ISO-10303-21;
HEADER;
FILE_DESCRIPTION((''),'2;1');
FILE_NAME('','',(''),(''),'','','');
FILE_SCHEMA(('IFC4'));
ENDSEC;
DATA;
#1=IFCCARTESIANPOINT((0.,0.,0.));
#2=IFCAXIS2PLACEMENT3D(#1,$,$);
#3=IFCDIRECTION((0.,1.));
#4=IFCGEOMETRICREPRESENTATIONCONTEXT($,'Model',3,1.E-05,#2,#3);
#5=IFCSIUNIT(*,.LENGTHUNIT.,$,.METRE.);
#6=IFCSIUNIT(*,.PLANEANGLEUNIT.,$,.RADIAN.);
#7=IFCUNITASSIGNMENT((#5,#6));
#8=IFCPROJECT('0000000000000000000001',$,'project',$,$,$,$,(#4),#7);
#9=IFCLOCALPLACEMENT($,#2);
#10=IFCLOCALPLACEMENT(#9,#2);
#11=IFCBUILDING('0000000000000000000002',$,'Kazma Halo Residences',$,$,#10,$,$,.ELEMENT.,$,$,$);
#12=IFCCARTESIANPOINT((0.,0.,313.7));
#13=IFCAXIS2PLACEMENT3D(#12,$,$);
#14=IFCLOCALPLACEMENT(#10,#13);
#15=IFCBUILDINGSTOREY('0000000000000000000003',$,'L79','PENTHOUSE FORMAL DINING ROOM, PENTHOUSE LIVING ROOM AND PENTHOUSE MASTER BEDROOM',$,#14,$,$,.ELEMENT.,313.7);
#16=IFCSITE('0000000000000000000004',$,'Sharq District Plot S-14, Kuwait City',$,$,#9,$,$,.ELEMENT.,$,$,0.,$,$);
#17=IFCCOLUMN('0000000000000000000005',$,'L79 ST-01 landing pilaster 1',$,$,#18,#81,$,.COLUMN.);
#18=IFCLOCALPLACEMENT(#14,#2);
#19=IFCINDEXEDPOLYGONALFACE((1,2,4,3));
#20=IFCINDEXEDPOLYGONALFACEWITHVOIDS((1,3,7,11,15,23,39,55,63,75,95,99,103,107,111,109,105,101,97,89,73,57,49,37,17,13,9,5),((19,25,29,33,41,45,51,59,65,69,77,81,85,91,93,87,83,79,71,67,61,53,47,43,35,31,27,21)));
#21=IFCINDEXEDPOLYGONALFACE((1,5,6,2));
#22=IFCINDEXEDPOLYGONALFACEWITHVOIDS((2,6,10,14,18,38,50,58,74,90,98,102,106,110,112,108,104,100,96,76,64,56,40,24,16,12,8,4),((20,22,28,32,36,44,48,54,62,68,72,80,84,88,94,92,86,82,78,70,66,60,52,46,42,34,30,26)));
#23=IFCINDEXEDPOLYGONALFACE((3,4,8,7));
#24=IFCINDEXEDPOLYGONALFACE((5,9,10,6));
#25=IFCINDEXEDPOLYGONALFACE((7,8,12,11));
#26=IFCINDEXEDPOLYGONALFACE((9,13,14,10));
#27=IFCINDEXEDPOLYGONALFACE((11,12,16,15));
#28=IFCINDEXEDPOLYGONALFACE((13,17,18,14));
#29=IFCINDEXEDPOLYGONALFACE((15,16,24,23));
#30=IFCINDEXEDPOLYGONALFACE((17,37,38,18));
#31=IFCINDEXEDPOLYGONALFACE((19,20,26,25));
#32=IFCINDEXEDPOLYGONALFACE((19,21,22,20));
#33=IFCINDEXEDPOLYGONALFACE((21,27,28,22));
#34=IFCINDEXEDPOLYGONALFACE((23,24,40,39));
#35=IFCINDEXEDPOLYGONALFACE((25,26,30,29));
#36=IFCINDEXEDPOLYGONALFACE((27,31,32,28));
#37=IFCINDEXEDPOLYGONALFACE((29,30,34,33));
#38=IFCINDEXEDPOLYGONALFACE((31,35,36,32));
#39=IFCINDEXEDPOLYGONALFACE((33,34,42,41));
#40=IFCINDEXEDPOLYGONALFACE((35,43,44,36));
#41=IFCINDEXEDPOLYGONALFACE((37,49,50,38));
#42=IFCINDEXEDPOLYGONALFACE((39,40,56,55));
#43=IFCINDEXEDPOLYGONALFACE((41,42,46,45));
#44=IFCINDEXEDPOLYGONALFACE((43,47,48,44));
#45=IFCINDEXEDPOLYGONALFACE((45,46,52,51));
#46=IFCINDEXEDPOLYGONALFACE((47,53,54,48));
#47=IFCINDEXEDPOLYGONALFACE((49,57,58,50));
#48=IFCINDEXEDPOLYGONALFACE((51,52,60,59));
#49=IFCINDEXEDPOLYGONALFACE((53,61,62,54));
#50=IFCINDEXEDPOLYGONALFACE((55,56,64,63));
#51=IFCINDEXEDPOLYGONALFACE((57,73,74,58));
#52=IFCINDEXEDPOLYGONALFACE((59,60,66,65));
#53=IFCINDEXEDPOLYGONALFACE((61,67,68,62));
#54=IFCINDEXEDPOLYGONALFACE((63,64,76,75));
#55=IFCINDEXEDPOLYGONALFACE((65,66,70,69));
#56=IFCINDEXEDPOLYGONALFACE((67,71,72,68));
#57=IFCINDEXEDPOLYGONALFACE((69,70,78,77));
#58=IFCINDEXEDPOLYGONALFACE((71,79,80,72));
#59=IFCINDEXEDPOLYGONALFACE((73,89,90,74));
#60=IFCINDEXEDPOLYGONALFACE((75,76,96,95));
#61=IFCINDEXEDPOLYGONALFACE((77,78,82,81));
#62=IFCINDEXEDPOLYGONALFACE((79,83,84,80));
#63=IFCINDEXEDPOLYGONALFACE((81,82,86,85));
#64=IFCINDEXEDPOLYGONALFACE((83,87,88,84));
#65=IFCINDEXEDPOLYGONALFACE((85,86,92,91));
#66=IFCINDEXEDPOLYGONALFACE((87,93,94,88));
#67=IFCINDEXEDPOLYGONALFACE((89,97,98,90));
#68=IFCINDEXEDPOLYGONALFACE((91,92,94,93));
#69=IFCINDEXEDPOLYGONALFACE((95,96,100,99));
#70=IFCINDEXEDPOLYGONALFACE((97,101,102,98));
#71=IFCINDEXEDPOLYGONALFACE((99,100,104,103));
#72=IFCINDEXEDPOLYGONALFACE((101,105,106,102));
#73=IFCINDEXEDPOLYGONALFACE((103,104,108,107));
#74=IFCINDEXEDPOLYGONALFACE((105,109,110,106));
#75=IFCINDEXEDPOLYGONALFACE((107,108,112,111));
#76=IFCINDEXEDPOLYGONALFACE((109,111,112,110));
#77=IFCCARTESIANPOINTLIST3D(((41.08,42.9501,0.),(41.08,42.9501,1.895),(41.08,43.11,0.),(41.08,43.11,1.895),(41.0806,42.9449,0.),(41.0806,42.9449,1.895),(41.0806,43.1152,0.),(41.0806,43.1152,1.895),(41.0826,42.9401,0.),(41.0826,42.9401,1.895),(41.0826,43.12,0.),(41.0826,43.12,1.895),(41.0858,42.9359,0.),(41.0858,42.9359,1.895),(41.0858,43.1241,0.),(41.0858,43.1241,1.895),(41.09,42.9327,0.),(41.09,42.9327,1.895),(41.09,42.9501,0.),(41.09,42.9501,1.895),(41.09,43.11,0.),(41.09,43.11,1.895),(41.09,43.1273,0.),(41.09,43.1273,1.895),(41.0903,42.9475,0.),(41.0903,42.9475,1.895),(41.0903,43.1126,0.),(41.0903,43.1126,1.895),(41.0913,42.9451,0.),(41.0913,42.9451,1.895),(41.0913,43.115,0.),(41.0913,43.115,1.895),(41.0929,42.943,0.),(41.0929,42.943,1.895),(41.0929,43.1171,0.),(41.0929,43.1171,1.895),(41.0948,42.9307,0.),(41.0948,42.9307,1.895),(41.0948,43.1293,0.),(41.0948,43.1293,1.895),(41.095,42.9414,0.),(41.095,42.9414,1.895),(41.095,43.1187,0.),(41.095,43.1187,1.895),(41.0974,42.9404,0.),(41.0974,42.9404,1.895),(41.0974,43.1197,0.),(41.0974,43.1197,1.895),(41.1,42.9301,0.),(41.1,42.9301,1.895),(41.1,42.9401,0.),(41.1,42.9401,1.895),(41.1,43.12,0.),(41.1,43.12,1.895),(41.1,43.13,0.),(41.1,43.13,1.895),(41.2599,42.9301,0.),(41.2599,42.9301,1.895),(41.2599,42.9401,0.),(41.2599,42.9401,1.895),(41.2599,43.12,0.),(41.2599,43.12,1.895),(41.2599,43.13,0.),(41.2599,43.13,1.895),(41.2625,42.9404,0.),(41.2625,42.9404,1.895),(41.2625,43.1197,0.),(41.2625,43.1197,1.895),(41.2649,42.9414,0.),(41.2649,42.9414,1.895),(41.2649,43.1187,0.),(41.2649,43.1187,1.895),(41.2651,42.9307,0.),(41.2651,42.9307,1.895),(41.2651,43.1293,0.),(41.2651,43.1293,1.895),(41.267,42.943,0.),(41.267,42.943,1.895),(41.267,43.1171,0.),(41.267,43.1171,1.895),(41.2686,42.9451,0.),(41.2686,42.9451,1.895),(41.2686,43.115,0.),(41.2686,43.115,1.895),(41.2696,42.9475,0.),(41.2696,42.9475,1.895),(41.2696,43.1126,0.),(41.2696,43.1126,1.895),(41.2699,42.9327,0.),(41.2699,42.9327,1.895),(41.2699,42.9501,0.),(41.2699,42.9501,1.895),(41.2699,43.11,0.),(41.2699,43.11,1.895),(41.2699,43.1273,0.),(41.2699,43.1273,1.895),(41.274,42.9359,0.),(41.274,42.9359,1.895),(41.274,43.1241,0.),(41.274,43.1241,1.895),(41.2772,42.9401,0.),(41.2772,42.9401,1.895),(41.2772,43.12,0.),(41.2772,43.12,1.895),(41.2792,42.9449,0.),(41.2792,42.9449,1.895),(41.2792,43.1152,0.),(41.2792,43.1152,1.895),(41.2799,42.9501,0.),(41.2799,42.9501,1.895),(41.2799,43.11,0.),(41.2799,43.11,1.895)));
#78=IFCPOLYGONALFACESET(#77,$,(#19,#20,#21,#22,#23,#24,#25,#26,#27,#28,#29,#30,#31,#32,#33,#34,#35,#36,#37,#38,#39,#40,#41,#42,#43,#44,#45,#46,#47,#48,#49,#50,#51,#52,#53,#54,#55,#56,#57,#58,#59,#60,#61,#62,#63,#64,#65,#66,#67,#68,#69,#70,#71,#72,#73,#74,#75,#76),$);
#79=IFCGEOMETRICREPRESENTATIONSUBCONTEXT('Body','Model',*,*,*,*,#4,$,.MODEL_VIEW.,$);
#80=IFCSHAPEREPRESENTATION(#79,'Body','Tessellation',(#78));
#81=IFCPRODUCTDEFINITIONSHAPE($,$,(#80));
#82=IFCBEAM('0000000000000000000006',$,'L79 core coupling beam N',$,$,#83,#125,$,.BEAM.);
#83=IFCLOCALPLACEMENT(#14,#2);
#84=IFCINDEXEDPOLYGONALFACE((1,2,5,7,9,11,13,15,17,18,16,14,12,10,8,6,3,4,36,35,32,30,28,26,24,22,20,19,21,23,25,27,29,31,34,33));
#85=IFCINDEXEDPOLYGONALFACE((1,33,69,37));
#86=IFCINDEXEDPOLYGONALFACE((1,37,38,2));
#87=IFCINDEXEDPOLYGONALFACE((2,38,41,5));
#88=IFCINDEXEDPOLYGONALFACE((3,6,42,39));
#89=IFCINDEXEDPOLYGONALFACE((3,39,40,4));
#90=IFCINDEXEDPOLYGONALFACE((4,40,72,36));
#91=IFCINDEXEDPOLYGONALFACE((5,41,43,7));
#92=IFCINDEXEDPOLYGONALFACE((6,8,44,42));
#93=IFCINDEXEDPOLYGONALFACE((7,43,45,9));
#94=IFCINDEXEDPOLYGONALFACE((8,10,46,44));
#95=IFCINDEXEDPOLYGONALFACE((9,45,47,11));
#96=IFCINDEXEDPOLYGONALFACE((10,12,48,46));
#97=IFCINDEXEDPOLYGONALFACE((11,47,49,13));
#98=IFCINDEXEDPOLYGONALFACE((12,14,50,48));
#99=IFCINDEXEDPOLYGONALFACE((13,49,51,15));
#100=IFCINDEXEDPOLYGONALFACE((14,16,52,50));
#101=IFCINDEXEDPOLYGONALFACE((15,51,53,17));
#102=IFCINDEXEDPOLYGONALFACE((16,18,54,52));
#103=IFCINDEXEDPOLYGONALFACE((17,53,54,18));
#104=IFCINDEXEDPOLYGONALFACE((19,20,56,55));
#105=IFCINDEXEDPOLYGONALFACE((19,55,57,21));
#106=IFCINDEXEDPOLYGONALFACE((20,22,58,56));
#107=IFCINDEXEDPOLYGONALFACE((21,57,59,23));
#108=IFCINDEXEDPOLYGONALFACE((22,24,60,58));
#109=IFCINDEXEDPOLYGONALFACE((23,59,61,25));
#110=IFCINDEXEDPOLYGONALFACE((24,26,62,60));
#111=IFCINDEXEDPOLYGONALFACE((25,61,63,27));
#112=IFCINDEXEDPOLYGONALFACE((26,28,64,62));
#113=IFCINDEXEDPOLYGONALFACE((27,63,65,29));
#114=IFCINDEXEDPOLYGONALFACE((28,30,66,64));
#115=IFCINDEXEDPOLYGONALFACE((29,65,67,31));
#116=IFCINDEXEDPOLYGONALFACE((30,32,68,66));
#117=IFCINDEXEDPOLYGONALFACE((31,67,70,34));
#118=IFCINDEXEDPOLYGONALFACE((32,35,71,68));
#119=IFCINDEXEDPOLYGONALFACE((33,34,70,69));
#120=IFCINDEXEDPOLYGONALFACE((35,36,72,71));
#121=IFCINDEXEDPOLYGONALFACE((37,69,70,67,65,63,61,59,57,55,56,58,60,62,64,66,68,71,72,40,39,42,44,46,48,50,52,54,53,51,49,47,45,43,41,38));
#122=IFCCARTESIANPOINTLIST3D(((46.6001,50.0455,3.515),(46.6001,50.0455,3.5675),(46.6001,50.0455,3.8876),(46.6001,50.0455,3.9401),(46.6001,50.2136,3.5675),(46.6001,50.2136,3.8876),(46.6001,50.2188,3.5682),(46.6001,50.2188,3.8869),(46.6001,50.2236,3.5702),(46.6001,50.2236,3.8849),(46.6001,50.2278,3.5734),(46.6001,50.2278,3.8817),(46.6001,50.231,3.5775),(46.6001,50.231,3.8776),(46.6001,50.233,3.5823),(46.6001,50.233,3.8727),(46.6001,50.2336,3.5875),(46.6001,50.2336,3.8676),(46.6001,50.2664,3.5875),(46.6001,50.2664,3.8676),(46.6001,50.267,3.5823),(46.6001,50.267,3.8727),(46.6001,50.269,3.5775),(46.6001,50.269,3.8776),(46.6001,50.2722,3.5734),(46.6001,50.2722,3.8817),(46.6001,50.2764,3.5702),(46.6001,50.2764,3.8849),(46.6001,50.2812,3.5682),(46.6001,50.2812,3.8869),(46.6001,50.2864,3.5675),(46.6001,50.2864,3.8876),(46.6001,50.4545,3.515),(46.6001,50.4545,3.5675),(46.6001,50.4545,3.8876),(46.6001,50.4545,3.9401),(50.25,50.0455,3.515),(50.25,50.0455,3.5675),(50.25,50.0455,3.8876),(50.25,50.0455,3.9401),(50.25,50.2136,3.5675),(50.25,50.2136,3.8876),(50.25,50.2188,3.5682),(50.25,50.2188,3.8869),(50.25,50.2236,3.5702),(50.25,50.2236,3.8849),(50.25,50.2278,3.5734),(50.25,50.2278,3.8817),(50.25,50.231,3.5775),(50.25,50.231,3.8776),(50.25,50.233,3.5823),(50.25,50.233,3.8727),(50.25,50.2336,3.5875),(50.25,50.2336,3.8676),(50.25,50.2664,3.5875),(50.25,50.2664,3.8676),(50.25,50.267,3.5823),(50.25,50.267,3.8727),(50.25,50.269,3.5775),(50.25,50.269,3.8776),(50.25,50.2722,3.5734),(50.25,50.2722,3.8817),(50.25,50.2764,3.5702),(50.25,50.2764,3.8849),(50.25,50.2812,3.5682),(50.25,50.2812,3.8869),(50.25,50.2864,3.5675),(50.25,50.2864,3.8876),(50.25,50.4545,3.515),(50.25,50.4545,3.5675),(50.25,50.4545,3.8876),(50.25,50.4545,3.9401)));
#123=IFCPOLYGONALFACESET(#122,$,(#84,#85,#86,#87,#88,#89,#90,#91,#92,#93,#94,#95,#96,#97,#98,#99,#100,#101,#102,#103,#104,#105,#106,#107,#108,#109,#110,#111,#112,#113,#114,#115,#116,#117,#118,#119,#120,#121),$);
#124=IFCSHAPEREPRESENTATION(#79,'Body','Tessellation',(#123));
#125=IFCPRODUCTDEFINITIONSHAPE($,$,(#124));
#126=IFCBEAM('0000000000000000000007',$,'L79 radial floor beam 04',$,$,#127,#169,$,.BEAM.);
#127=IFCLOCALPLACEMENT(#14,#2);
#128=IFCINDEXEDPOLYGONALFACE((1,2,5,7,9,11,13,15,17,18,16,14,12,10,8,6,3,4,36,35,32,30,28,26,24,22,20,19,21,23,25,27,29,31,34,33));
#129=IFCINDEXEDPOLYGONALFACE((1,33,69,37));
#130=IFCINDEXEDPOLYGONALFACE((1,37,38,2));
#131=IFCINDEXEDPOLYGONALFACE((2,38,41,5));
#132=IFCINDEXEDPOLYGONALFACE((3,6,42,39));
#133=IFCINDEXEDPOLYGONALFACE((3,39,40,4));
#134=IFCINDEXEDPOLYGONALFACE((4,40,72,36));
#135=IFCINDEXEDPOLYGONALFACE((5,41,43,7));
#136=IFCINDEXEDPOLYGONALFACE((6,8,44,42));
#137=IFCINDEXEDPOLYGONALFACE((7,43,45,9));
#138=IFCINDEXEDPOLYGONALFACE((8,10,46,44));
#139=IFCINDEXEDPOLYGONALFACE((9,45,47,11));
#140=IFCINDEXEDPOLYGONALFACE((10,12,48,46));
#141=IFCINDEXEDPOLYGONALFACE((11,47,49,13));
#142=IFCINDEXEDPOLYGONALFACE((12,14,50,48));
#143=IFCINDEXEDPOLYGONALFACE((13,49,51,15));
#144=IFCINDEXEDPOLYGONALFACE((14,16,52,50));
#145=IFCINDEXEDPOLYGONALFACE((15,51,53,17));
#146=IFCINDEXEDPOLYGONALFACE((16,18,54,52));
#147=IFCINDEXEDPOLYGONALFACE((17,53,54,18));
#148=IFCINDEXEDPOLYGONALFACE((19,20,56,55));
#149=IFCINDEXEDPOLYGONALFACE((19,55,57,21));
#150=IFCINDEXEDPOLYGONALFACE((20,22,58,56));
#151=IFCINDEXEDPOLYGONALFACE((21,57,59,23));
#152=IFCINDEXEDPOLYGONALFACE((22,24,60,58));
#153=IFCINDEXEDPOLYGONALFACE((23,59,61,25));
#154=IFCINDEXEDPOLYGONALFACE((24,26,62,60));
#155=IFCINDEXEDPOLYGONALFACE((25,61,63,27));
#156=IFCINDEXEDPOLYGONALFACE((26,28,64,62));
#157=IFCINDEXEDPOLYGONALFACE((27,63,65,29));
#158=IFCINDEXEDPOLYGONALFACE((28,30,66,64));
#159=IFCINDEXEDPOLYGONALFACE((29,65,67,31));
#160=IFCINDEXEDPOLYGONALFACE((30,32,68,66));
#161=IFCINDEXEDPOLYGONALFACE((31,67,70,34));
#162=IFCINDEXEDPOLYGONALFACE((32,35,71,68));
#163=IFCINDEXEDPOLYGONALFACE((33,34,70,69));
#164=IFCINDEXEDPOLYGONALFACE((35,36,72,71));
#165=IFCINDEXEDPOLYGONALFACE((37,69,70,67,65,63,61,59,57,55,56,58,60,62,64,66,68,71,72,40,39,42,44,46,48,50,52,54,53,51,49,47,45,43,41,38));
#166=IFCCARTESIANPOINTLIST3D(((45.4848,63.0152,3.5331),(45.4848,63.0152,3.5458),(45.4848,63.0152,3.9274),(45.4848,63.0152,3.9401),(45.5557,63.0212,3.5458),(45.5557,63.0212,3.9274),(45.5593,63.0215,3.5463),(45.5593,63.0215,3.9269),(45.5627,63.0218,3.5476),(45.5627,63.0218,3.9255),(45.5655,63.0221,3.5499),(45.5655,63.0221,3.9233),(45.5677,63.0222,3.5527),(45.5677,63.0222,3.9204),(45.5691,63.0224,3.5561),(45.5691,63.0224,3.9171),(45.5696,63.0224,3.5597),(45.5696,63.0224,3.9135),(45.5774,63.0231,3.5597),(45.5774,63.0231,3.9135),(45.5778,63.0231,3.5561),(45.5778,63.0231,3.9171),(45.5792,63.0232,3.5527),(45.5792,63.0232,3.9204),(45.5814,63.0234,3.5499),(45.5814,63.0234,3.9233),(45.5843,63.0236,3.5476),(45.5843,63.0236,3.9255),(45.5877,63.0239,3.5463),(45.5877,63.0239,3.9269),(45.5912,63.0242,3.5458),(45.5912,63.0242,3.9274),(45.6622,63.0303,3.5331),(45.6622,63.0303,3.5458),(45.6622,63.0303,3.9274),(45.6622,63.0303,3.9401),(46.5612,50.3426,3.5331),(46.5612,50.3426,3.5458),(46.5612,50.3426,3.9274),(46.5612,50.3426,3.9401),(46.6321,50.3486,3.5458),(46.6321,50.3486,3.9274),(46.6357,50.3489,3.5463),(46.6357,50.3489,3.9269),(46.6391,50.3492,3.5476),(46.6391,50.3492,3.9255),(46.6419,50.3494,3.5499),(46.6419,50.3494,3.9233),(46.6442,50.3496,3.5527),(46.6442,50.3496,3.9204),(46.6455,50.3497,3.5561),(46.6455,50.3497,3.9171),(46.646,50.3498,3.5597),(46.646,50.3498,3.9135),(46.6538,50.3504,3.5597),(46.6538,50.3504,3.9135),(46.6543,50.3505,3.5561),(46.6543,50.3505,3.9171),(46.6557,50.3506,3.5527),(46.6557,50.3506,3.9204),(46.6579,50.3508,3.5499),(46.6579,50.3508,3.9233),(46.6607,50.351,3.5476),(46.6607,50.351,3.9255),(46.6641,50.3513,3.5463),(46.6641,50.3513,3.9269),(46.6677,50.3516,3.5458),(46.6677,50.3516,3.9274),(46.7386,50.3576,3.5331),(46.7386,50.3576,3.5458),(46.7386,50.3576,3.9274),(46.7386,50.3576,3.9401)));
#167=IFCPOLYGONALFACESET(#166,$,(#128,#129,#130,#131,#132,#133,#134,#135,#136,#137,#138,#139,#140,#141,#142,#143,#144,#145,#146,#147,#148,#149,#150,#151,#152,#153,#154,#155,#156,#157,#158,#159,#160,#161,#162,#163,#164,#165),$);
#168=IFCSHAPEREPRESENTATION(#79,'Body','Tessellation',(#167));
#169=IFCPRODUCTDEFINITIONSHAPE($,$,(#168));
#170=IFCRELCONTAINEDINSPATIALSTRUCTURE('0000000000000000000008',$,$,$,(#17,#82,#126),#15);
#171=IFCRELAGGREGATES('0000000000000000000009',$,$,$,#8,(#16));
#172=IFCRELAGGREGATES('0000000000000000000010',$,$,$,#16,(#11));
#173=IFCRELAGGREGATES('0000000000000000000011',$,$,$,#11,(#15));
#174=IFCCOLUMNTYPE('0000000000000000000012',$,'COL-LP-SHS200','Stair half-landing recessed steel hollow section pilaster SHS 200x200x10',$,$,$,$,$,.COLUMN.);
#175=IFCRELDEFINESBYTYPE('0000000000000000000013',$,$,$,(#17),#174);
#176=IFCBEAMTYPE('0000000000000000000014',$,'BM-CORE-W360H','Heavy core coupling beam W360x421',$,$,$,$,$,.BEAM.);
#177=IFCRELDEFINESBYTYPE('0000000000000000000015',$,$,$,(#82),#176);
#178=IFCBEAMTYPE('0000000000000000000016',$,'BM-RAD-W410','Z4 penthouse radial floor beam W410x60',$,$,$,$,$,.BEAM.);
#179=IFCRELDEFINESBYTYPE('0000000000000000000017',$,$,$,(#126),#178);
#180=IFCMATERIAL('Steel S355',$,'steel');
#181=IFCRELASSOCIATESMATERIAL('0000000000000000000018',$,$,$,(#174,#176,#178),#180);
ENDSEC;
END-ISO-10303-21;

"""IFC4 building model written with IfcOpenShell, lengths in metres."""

from ifc_helpers import new_model, si_unit, direction, frame, origin, origin_2d, place, context, subcontext, project, spatial, hollow_rectangle, i_section, extrude, material, material_profile, profile_set, type_object, element, save


model = new_model("IFC4")

# Units and contexts
model_context = context("Model", 3, precision=1e-05, world=origin(), true_north=direction((0.0, 1.0)))
body_context = subcontext(model_context, "Body", "Model", "MODEL_VIEW")
ifc_project = project(units=[si_unit("LENGTHUNIT", "METRE"), si_unit("PLANEANGLEUNIT", "RADIAN")], contexts=[model_context])

# Site, building, storey
site_placement = place(None, origin())
site = spatial("IfcSite", under=ifc_project, at=site_placement, Name="Sharq District Plot S-14, Kuwait City", CompositionType="ELEMENT", RefElevation=0.0)
building_placement = place(site_placement, origin())
building = spatial("IfcBuilding", under=site, at=building_placement, Name="Kazma Halo Residences", CompositionType="ELEMENT")
storey_placement = place(building_placement, frame((0.0, 0.0, 313.7)))
storey = spatial("IfcBuildingStorey", under=building, at=storey_placement, Name="L79", Description="PENTHOUSE FORMAL DINING ROOM, PENTHOUSE LIVING ROOM AND PENTHOUSE MASTER BEDROOM", CompositionType="ELEMENT", Elevation=313.7)

# Column
ifc_material_1 = material(Name="Steel S355", Category="steel")
ifc_material_profile_1 = material_profile(ifc_material_1, hollow_rectangle(XDim=0.2, YDim=0.2, WallThickness=0.01, InnerFilletRadius=0.01, OuterFilletRadius=0.02, at=origin_2d()), Name="SHS200x200x10")
ifc_profile_set_1 = profile_set([ifc_material_profile_1], Name="Steel S355")
column_type = type_object("IfcColumnType", Name="COL-LP-SHS200", Description="Stair half-landing recessed steel hollow section pilaster SHS 200x200x10", PredefinedType="COLUMN", material=ifc_profile_set_1)
column_placement = place(storey_placement, frame((41.1799, 43.03, 0.0), z_axis=(0.0, 0.0, 1.0), x_axis=(1.0, 0.0, 0.0)))
element("IfcColumn", 1, at=column_placement, inside=storey, type_object=column_type, Name="L79 ST-01 landing pilaster 1", PredefinedType="COLUMN", context=body_context, shape_type="SweptSolid", body=[
    extrude(hollow_rectangle(XDim=0.2, YDim=0.2, WallThickness=0.01, InnerFilletRadius=0.01, OuterFilletRadius=0.02, at=origin_2d()), origin(), (0.0, 0.0, 1.0), 1.895),
])

# Beams
ifc_material_profile_2 = material_profile(ifc_material_1, i_section(OverallWidth=0.4089, OverallDepth=0.425, WebThickness=0.0327, FlangeThickness=0.0525, FilletRadius=0.02, at=origin_2d()), Name="W360x421")
ifc_profile_set_2 = profile_set([ifc_material_profile_2], Name="Steel S355")
beam_type_1 = type_object("IfcBeamType", Name="BM-CORE-W360H", Description="Heavy core coupling beam W360x421", PredefinedType="BEAM", material=ifc_profile_set_2)
beam_1_placement = place(storey_placement, frame((46.6001, 50.25, 3.7275), z_axis=(1.0, 0.0, 0.0), x_axis=(0.0, 1.0, 0.0)))
element("IfcBeam", 2, at=beam_1_placement, inside=storey, type_object=beam_type_1, Name="L79 core coupling beam N", PredefinedType="BEAM", context=body_context, shape_type="SweptSolid", body=[
    extrude(i_section(OverallWidth=0.4089, OverallDepth=0.425, WebThickness=0.0327, FlangeThickness=0.0525, FilletRadius=0.02, at=origin_2d()), origin(), (0.0, 0.0, 1.0), 3.6499),
])
ifc_material_profile_3 = material_profile(ifc_material_1, i_section(OverallWidth=0.178, OverallDepth=0.407, WebThickness=0.0078, FlangeThickness=0.0127, FilletRadius=0.0139, at=origin_2d()), Name="W410x60")
ifc_profile_set_3 = profile_set([ifc_material_profile_3], Name="Steel S355")
beam_type_2 = type_object("IfcBeamType", Name="BM-RAD-W410", Description="Z4 penthouse radial floor beam W410x60", PredefinedType="BEAM", material=ifc_profile_set_3)
beam_2_placement = place(storey_placement, frame((46.6499, 50.3501, 3.7366), z_axis=(-0.084636, 0.996412, 0.0), x_axis=(-0.996412, -0.084636, 0.0)))
element("IfcBeam", 3, at=beam_2_placement, inside=storey, type_object=beam_type_2, Name="L79 radial floor beam 04", PredefinedType="BEAM", context=body_context, shape_type="SweptSolid", body=[
    extrude(i_section(OverallWidth=0.178, OverallDepth=0.407, WebThickness=0.0078, FlangeThickness=0.0127, FilletRadius=0.0139, at=origin_2d()), origin(), (0.0, 0.0, 1.0), 12.7183),
])

save(model, "model.ifc")
